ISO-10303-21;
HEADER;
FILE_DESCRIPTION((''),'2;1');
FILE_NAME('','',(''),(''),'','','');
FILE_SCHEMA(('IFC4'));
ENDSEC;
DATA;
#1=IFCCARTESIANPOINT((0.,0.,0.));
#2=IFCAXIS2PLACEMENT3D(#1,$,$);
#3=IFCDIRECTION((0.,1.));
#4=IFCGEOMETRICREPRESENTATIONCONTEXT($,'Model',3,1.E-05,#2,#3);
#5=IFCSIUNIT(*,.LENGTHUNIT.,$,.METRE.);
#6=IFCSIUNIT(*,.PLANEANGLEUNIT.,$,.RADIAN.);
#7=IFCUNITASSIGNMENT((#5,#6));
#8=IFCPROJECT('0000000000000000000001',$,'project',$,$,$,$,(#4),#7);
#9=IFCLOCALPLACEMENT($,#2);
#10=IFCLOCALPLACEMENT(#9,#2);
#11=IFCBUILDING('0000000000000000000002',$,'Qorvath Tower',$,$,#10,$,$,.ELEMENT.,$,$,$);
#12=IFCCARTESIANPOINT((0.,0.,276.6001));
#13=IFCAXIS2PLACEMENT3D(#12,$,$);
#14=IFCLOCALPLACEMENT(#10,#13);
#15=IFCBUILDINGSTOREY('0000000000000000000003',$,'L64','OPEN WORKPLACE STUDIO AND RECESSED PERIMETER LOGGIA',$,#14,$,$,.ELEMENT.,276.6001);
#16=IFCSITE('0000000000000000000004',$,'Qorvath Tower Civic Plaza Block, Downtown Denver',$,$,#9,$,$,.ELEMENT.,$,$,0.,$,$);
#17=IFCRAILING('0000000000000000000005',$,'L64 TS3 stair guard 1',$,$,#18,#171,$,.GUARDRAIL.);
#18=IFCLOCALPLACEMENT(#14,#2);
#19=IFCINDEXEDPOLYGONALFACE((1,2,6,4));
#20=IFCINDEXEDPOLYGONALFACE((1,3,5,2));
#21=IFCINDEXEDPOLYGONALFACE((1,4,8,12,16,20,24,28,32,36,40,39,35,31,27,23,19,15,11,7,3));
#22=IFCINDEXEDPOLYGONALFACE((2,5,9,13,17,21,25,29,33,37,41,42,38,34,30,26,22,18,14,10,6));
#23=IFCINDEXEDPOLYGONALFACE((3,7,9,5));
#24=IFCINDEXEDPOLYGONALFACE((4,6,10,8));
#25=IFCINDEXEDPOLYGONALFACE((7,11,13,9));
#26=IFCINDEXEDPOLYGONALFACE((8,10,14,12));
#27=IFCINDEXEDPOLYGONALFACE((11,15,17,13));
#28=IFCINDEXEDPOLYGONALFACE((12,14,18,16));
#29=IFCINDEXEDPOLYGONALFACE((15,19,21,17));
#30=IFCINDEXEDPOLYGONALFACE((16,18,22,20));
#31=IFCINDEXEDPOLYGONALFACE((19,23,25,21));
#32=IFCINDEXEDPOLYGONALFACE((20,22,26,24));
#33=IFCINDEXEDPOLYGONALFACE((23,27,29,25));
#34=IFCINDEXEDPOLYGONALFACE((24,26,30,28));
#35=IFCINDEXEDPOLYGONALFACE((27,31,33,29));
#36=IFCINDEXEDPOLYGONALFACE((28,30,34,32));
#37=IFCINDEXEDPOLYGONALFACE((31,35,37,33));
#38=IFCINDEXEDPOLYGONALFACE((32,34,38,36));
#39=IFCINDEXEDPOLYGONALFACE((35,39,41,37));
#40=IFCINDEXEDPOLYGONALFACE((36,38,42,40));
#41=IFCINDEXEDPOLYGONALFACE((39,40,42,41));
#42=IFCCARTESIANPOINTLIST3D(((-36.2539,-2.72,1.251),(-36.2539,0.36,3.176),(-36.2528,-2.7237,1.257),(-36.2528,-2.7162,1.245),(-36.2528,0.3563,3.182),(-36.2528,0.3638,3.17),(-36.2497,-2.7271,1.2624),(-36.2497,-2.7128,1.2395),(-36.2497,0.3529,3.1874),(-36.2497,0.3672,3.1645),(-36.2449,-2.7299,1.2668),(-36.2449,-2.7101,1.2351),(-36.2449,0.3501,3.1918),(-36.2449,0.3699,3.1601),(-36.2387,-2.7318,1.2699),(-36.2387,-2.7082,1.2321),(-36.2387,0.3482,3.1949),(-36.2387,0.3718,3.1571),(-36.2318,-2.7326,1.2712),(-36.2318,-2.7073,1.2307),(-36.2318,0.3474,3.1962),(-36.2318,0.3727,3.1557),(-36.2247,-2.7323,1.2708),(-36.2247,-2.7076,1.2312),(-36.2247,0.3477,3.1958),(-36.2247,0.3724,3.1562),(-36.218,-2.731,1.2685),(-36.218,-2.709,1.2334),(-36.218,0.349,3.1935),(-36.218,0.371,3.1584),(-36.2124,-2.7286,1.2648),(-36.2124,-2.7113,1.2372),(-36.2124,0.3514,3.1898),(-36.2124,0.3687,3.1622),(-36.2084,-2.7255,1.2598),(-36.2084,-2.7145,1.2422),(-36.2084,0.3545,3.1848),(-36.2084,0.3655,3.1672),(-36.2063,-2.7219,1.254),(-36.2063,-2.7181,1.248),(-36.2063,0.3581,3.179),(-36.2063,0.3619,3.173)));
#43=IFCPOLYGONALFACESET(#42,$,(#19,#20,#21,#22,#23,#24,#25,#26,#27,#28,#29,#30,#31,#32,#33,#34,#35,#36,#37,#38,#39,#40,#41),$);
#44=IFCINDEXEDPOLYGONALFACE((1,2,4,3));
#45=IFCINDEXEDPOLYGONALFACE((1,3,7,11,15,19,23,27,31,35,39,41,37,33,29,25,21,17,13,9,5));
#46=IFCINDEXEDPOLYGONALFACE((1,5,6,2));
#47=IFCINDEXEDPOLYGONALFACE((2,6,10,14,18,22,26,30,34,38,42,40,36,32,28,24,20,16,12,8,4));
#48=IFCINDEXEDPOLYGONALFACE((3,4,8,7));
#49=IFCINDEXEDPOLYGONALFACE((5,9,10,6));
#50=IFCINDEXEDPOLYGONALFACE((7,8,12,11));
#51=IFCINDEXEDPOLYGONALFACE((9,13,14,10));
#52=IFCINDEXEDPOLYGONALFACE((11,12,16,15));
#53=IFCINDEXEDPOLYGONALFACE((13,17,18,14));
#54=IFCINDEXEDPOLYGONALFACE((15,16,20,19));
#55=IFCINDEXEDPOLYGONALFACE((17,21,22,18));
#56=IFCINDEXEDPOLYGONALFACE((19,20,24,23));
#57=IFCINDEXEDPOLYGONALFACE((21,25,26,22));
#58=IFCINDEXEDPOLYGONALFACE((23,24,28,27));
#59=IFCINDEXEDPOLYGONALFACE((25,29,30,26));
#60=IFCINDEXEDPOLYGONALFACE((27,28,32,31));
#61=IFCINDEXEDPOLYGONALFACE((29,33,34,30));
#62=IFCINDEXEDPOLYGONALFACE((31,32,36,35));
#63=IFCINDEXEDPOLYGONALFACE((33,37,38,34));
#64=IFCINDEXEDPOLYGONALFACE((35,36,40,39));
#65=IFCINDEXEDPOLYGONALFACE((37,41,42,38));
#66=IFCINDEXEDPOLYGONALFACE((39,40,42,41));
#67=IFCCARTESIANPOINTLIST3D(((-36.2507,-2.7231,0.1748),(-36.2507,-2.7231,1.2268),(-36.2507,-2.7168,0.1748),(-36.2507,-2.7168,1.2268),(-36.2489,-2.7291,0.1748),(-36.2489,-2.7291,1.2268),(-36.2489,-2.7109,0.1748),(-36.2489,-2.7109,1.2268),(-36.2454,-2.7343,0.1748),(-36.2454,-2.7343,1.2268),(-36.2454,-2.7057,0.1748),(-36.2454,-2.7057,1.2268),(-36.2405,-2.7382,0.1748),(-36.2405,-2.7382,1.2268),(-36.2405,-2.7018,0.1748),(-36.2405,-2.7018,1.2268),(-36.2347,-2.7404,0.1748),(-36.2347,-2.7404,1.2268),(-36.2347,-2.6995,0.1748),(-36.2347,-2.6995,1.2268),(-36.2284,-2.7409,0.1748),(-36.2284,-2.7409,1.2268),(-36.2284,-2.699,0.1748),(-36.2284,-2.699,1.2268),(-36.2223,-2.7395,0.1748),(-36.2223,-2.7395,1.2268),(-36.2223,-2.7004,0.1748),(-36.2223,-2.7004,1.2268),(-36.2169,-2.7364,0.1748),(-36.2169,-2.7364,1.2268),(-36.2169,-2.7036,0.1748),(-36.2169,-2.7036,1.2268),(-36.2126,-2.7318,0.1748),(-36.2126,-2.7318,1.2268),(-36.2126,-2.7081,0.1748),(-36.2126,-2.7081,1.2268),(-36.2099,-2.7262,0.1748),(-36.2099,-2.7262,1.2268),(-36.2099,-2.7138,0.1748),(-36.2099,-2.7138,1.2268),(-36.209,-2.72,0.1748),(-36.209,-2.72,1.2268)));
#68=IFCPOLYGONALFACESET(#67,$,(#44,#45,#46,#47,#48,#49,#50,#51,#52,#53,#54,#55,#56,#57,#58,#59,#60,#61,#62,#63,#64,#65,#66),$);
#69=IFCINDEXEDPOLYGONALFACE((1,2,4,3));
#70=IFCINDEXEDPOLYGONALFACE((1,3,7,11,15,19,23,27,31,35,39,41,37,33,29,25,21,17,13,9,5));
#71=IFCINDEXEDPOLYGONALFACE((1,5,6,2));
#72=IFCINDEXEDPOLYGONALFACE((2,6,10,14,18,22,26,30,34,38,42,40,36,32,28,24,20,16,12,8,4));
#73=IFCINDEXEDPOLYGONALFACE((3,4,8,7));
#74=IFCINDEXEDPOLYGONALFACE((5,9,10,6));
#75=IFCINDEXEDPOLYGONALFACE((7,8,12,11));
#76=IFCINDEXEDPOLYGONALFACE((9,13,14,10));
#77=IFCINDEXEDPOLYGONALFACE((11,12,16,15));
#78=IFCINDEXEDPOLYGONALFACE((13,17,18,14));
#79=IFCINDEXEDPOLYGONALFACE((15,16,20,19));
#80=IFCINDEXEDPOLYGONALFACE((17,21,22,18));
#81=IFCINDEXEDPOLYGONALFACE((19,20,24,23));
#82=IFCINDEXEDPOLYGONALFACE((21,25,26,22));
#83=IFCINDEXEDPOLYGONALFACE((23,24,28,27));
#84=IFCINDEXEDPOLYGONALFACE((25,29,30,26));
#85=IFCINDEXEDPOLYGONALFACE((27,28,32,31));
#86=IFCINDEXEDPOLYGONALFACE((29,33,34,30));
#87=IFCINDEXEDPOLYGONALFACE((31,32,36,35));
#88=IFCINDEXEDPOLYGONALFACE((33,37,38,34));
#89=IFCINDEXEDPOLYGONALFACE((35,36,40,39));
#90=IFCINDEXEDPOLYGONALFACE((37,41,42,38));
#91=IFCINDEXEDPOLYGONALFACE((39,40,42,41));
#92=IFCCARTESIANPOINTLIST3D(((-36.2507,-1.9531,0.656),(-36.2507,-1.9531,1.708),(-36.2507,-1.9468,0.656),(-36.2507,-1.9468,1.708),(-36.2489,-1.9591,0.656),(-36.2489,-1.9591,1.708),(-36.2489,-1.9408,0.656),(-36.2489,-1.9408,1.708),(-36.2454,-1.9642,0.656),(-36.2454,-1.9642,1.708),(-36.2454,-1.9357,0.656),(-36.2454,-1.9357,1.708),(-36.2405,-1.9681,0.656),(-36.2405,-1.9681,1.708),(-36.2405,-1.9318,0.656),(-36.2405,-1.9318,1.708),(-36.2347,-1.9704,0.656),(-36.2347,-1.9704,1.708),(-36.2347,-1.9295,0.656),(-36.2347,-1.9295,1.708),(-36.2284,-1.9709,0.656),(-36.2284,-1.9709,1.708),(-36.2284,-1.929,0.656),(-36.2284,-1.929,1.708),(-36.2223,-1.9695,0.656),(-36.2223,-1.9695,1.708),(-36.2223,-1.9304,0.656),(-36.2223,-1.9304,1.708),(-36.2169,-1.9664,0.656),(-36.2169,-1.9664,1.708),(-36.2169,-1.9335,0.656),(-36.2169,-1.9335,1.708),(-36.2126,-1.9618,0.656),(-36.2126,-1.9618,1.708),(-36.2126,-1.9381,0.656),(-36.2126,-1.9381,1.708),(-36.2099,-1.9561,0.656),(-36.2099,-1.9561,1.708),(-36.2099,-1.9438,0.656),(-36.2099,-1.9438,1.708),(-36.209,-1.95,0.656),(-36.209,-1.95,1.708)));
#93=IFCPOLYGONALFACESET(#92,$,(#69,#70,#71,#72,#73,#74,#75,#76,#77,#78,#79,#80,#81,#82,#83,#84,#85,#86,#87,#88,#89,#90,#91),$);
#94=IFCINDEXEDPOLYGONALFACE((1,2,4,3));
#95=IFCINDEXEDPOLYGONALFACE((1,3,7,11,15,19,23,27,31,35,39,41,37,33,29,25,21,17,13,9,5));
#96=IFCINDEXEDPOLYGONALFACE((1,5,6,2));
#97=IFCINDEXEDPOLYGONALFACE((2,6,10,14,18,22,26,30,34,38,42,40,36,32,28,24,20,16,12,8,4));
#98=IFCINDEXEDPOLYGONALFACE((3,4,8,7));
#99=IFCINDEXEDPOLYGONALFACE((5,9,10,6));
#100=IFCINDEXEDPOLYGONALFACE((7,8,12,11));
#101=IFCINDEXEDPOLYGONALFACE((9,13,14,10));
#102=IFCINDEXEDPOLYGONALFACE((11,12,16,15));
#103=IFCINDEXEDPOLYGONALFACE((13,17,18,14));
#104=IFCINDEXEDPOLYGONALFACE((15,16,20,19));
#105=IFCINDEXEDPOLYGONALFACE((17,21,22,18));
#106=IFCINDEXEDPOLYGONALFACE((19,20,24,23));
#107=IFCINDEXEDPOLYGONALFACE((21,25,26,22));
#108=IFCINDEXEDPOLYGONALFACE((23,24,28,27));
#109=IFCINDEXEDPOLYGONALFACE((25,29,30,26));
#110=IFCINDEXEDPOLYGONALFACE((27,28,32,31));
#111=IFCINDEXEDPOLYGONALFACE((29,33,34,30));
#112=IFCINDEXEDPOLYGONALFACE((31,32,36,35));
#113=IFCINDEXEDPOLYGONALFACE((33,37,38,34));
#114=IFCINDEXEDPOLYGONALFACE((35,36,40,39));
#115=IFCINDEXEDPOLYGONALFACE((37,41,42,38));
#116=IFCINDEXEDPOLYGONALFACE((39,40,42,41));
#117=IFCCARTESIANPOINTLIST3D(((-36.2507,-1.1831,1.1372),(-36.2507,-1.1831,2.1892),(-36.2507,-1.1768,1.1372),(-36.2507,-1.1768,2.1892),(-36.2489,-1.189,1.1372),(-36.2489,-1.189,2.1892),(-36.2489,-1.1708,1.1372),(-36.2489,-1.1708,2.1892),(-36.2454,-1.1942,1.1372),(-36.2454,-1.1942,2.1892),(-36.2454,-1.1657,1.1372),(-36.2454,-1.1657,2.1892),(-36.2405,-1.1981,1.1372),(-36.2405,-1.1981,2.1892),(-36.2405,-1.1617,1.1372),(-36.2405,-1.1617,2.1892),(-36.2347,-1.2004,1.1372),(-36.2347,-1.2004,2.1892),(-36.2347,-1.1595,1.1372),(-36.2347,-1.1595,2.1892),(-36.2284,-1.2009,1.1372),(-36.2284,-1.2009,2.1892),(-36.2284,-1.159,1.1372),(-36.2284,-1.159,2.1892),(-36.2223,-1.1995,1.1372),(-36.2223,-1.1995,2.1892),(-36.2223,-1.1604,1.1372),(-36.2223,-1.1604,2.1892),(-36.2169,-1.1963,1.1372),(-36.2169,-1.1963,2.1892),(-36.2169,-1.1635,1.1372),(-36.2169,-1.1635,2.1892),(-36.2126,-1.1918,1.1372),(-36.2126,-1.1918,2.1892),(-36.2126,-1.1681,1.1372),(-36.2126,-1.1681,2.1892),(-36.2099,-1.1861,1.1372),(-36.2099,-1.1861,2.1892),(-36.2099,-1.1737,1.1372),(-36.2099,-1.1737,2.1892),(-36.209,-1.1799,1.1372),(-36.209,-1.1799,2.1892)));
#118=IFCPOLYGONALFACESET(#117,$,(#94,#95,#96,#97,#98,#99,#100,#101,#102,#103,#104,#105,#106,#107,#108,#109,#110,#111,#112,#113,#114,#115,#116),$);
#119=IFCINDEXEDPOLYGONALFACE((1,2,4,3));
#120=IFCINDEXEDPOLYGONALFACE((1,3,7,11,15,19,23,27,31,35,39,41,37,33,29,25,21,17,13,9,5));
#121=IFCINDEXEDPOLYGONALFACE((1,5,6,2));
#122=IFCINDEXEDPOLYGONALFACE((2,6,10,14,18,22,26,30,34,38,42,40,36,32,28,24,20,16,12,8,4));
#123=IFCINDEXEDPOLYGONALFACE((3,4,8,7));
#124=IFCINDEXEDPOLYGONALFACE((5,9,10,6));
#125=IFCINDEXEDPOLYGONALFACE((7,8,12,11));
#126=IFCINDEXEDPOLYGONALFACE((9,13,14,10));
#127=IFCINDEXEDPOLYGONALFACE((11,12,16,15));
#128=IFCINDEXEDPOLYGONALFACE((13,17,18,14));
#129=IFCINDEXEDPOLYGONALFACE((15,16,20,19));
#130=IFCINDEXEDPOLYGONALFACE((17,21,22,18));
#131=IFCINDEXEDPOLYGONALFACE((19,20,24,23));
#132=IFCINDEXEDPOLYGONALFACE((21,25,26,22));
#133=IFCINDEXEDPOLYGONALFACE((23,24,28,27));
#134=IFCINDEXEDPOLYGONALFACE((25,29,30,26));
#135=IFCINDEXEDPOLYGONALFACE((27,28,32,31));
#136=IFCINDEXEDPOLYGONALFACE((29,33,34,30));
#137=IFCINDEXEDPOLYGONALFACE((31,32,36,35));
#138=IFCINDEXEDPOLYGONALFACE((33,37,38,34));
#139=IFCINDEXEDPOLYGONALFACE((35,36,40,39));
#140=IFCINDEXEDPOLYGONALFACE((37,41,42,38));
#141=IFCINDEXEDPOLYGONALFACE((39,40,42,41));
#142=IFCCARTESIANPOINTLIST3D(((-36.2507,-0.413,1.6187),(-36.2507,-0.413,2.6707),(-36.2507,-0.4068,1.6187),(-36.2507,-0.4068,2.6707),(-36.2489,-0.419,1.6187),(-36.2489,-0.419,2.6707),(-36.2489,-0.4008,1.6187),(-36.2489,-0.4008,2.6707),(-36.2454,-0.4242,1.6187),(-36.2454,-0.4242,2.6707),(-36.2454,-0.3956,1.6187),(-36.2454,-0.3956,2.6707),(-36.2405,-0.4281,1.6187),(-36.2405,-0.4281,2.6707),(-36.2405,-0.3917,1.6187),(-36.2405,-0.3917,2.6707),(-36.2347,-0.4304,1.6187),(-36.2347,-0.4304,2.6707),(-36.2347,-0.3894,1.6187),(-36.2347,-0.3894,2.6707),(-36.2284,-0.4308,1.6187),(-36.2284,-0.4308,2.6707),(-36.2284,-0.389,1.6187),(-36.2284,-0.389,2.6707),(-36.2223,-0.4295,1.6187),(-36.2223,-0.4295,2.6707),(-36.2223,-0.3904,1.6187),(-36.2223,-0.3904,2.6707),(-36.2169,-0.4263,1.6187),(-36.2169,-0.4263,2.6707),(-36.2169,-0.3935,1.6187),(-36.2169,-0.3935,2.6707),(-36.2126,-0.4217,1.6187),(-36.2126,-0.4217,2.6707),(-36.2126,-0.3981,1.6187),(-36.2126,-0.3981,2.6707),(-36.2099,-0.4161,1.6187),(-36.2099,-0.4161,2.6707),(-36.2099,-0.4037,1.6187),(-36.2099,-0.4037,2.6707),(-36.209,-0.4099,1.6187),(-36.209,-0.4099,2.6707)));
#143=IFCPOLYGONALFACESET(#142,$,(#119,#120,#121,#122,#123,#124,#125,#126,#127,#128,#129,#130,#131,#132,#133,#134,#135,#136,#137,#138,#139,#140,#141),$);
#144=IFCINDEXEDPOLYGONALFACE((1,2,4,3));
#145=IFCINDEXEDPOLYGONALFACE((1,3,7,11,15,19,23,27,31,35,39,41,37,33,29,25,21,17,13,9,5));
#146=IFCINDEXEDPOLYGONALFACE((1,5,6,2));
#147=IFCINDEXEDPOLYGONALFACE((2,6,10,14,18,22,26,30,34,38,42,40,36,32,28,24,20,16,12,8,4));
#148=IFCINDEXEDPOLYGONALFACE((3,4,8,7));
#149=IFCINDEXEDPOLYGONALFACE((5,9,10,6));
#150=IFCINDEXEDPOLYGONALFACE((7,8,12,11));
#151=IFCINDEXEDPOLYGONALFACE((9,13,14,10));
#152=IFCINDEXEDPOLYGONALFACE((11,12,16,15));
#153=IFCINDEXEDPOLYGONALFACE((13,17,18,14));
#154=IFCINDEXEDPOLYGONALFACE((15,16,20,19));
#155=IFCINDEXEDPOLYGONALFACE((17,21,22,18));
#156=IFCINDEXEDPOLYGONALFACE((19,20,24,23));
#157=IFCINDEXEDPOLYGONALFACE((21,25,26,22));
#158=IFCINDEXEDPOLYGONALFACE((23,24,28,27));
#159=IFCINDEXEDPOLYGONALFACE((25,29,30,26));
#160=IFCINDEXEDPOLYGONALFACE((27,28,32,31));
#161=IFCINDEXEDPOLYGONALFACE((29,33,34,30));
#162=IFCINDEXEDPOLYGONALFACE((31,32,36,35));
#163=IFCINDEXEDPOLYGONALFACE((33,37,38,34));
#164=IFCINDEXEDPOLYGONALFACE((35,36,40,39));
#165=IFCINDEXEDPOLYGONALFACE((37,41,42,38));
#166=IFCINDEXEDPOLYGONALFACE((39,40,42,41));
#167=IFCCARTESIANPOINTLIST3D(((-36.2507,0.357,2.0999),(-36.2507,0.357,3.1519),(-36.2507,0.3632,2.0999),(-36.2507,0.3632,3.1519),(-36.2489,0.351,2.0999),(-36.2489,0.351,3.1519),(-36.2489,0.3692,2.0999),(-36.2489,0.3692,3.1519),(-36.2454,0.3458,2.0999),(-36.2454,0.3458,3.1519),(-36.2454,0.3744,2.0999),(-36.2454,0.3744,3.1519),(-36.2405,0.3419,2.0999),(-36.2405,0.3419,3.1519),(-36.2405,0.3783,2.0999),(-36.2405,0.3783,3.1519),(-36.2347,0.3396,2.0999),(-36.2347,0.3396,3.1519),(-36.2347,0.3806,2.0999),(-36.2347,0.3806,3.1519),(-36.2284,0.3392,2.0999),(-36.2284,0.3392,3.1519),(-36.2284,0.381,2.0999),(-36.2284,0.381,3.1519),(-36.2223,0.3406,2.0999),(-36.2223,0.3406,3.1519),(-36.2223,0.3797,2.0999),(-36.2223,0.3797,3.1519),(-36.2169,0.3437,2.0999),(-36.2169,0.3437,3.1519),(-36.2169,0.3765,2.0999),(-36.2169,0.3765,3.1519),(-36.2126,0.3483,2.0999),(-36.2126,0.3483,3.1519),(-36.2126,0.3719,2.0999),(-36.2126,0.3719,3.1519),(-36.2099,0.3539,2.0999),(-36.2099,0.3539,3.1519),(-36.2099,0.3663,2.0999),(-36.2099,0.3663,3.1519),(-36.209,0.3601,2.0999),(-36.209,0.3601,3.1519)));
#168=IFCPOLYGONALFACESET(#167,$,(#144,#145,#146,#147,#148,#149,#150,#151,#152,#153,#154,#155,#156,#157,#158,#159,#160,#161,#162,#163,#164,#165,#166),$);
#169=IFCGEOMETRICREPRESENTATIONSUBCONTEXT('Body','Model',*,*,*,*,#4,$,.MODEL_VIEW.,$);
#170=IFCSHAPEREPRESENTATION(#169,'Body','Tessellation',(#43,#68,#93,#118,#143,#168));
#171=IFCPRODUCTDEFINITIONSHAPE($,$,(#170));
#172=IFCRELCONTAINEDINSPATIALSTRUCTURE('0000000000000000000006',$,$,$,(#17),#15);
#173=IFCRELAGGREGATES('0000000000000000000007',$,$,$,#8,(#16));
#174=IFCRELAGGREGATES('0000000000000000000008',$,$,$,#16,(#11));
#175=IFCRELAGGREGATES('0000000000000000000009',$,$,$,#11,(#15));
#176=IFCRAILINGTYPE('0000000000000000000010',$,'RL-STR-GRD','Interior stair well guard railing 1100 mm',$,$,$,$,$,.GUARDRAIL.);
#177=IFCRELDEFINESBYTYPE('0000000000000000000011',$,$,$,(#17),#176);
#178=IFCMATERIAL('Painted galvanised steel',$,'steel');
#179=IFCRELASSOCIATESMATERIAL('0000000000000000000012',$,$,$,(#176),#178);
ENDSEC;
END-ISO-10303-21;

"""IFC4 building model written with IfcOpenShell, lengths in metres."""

from ifc_helpers import new_model, si_unit, direction, frame, origin, origin_2d, place, context, subcontext, project, spatial, circle, extrude, material, type_object, element, save


model = new_model("IFC4")

# Units and contexts
model_context = context("Model", 3, precision=1e-05, world=origin(), true_north=direction((0.0, 1.0)))
body_context = subcontext(model_context, "Body", "Model", "MODEL_VIEW")
ifc_project = project(units=[si_unit("LENGTHUNIT", "METRE"), si_unit("PLANEANGLEUNIT", "RADIAN")], contexts=[model_context])

# Site, building, storey
site_placement = place(None, origin())
site = spatial("IfcSite", under=ifc_project, at=site_placement, Name="Qorvath Tower Civic Plaza Block, Downtown Denver", CompositionType="ELEMENT", RefElevation=0.0)
building_placement = place(site_placement, origin())
building = spatial("IfcBuilding", under=site, at=building_placement, Name="Qorvath Tower", CompositionType="ELEMENT")
storey_placement = place(building_placement, frame((0.0, 0.0, 276.6001)))
storey = spatial("IfcBuildingStorey", under=building, at=storey_placement, Name="L64", Description="OPEN WORKPLACE STUDIO AND RECESSED PERIMETER LOGGIA", CompositionType="ELEMENT", Elevation=276.6001)

# Railing
ifc_material_1 = material(Name="Painted galvanised steel", Category="steel")
railing_type_1 = type_object("IfcRailingType", Name="RL-STR-GRD", Description="Interior stair well guard railing 1100 mm", PredefinedType="GUARDRAIL", material=ifc_material_1)
railing_1_placement = place(storey_placement, frame((-36.23, -2.72, 0.1748)))
element("IfcRailing", 1, at=railing_1_placement, inside=storey, type_object=railing_type_1, Name="L64 TS3 stair guard 1", PredefinedType="GUARDRAIL", context=body_context, shape_type="SweptSolid", body=[
    extrude(circle(Radius=0.0239, at=origin_2d()), frame((0.0, 0.0, 1.0762), z_axis=(0.0, 0.847998, 0.529999), x_axis=(-1.0, 0.0, 0.0)), (0.0, 0.0, 1.0), 3.6321),
    extrude(circle(Radius=0.021, at=origin_2d()), origin(), (0.0, 0.0, 1.0), 1.052),
    extrude(circle(Radius=0.021, at=origin_2d()), frame((0.0, 0.77, 0.4812)), (0.0, 0.0, 1.0), 1.052),
    extrude(circle(Radius=0.021, at=origin_2d()), frame((0.0, 1.54, 0.9624)), (0.0, 0.0, 1.0), 1.052),
    extrude(circle(Radius=0.021, at=origin_2d()), frame((0.0, 2.3101, 1.4438)), (0.0, 0.0, 1.0), 1.052),
    extrude(circle(Radius=0.021, at=origin_2d()), frame((0.0, 3.0801, 1.925)), (0.0, 0.0, 1.0), 1.052),
])

save(model, "model.ifc")
